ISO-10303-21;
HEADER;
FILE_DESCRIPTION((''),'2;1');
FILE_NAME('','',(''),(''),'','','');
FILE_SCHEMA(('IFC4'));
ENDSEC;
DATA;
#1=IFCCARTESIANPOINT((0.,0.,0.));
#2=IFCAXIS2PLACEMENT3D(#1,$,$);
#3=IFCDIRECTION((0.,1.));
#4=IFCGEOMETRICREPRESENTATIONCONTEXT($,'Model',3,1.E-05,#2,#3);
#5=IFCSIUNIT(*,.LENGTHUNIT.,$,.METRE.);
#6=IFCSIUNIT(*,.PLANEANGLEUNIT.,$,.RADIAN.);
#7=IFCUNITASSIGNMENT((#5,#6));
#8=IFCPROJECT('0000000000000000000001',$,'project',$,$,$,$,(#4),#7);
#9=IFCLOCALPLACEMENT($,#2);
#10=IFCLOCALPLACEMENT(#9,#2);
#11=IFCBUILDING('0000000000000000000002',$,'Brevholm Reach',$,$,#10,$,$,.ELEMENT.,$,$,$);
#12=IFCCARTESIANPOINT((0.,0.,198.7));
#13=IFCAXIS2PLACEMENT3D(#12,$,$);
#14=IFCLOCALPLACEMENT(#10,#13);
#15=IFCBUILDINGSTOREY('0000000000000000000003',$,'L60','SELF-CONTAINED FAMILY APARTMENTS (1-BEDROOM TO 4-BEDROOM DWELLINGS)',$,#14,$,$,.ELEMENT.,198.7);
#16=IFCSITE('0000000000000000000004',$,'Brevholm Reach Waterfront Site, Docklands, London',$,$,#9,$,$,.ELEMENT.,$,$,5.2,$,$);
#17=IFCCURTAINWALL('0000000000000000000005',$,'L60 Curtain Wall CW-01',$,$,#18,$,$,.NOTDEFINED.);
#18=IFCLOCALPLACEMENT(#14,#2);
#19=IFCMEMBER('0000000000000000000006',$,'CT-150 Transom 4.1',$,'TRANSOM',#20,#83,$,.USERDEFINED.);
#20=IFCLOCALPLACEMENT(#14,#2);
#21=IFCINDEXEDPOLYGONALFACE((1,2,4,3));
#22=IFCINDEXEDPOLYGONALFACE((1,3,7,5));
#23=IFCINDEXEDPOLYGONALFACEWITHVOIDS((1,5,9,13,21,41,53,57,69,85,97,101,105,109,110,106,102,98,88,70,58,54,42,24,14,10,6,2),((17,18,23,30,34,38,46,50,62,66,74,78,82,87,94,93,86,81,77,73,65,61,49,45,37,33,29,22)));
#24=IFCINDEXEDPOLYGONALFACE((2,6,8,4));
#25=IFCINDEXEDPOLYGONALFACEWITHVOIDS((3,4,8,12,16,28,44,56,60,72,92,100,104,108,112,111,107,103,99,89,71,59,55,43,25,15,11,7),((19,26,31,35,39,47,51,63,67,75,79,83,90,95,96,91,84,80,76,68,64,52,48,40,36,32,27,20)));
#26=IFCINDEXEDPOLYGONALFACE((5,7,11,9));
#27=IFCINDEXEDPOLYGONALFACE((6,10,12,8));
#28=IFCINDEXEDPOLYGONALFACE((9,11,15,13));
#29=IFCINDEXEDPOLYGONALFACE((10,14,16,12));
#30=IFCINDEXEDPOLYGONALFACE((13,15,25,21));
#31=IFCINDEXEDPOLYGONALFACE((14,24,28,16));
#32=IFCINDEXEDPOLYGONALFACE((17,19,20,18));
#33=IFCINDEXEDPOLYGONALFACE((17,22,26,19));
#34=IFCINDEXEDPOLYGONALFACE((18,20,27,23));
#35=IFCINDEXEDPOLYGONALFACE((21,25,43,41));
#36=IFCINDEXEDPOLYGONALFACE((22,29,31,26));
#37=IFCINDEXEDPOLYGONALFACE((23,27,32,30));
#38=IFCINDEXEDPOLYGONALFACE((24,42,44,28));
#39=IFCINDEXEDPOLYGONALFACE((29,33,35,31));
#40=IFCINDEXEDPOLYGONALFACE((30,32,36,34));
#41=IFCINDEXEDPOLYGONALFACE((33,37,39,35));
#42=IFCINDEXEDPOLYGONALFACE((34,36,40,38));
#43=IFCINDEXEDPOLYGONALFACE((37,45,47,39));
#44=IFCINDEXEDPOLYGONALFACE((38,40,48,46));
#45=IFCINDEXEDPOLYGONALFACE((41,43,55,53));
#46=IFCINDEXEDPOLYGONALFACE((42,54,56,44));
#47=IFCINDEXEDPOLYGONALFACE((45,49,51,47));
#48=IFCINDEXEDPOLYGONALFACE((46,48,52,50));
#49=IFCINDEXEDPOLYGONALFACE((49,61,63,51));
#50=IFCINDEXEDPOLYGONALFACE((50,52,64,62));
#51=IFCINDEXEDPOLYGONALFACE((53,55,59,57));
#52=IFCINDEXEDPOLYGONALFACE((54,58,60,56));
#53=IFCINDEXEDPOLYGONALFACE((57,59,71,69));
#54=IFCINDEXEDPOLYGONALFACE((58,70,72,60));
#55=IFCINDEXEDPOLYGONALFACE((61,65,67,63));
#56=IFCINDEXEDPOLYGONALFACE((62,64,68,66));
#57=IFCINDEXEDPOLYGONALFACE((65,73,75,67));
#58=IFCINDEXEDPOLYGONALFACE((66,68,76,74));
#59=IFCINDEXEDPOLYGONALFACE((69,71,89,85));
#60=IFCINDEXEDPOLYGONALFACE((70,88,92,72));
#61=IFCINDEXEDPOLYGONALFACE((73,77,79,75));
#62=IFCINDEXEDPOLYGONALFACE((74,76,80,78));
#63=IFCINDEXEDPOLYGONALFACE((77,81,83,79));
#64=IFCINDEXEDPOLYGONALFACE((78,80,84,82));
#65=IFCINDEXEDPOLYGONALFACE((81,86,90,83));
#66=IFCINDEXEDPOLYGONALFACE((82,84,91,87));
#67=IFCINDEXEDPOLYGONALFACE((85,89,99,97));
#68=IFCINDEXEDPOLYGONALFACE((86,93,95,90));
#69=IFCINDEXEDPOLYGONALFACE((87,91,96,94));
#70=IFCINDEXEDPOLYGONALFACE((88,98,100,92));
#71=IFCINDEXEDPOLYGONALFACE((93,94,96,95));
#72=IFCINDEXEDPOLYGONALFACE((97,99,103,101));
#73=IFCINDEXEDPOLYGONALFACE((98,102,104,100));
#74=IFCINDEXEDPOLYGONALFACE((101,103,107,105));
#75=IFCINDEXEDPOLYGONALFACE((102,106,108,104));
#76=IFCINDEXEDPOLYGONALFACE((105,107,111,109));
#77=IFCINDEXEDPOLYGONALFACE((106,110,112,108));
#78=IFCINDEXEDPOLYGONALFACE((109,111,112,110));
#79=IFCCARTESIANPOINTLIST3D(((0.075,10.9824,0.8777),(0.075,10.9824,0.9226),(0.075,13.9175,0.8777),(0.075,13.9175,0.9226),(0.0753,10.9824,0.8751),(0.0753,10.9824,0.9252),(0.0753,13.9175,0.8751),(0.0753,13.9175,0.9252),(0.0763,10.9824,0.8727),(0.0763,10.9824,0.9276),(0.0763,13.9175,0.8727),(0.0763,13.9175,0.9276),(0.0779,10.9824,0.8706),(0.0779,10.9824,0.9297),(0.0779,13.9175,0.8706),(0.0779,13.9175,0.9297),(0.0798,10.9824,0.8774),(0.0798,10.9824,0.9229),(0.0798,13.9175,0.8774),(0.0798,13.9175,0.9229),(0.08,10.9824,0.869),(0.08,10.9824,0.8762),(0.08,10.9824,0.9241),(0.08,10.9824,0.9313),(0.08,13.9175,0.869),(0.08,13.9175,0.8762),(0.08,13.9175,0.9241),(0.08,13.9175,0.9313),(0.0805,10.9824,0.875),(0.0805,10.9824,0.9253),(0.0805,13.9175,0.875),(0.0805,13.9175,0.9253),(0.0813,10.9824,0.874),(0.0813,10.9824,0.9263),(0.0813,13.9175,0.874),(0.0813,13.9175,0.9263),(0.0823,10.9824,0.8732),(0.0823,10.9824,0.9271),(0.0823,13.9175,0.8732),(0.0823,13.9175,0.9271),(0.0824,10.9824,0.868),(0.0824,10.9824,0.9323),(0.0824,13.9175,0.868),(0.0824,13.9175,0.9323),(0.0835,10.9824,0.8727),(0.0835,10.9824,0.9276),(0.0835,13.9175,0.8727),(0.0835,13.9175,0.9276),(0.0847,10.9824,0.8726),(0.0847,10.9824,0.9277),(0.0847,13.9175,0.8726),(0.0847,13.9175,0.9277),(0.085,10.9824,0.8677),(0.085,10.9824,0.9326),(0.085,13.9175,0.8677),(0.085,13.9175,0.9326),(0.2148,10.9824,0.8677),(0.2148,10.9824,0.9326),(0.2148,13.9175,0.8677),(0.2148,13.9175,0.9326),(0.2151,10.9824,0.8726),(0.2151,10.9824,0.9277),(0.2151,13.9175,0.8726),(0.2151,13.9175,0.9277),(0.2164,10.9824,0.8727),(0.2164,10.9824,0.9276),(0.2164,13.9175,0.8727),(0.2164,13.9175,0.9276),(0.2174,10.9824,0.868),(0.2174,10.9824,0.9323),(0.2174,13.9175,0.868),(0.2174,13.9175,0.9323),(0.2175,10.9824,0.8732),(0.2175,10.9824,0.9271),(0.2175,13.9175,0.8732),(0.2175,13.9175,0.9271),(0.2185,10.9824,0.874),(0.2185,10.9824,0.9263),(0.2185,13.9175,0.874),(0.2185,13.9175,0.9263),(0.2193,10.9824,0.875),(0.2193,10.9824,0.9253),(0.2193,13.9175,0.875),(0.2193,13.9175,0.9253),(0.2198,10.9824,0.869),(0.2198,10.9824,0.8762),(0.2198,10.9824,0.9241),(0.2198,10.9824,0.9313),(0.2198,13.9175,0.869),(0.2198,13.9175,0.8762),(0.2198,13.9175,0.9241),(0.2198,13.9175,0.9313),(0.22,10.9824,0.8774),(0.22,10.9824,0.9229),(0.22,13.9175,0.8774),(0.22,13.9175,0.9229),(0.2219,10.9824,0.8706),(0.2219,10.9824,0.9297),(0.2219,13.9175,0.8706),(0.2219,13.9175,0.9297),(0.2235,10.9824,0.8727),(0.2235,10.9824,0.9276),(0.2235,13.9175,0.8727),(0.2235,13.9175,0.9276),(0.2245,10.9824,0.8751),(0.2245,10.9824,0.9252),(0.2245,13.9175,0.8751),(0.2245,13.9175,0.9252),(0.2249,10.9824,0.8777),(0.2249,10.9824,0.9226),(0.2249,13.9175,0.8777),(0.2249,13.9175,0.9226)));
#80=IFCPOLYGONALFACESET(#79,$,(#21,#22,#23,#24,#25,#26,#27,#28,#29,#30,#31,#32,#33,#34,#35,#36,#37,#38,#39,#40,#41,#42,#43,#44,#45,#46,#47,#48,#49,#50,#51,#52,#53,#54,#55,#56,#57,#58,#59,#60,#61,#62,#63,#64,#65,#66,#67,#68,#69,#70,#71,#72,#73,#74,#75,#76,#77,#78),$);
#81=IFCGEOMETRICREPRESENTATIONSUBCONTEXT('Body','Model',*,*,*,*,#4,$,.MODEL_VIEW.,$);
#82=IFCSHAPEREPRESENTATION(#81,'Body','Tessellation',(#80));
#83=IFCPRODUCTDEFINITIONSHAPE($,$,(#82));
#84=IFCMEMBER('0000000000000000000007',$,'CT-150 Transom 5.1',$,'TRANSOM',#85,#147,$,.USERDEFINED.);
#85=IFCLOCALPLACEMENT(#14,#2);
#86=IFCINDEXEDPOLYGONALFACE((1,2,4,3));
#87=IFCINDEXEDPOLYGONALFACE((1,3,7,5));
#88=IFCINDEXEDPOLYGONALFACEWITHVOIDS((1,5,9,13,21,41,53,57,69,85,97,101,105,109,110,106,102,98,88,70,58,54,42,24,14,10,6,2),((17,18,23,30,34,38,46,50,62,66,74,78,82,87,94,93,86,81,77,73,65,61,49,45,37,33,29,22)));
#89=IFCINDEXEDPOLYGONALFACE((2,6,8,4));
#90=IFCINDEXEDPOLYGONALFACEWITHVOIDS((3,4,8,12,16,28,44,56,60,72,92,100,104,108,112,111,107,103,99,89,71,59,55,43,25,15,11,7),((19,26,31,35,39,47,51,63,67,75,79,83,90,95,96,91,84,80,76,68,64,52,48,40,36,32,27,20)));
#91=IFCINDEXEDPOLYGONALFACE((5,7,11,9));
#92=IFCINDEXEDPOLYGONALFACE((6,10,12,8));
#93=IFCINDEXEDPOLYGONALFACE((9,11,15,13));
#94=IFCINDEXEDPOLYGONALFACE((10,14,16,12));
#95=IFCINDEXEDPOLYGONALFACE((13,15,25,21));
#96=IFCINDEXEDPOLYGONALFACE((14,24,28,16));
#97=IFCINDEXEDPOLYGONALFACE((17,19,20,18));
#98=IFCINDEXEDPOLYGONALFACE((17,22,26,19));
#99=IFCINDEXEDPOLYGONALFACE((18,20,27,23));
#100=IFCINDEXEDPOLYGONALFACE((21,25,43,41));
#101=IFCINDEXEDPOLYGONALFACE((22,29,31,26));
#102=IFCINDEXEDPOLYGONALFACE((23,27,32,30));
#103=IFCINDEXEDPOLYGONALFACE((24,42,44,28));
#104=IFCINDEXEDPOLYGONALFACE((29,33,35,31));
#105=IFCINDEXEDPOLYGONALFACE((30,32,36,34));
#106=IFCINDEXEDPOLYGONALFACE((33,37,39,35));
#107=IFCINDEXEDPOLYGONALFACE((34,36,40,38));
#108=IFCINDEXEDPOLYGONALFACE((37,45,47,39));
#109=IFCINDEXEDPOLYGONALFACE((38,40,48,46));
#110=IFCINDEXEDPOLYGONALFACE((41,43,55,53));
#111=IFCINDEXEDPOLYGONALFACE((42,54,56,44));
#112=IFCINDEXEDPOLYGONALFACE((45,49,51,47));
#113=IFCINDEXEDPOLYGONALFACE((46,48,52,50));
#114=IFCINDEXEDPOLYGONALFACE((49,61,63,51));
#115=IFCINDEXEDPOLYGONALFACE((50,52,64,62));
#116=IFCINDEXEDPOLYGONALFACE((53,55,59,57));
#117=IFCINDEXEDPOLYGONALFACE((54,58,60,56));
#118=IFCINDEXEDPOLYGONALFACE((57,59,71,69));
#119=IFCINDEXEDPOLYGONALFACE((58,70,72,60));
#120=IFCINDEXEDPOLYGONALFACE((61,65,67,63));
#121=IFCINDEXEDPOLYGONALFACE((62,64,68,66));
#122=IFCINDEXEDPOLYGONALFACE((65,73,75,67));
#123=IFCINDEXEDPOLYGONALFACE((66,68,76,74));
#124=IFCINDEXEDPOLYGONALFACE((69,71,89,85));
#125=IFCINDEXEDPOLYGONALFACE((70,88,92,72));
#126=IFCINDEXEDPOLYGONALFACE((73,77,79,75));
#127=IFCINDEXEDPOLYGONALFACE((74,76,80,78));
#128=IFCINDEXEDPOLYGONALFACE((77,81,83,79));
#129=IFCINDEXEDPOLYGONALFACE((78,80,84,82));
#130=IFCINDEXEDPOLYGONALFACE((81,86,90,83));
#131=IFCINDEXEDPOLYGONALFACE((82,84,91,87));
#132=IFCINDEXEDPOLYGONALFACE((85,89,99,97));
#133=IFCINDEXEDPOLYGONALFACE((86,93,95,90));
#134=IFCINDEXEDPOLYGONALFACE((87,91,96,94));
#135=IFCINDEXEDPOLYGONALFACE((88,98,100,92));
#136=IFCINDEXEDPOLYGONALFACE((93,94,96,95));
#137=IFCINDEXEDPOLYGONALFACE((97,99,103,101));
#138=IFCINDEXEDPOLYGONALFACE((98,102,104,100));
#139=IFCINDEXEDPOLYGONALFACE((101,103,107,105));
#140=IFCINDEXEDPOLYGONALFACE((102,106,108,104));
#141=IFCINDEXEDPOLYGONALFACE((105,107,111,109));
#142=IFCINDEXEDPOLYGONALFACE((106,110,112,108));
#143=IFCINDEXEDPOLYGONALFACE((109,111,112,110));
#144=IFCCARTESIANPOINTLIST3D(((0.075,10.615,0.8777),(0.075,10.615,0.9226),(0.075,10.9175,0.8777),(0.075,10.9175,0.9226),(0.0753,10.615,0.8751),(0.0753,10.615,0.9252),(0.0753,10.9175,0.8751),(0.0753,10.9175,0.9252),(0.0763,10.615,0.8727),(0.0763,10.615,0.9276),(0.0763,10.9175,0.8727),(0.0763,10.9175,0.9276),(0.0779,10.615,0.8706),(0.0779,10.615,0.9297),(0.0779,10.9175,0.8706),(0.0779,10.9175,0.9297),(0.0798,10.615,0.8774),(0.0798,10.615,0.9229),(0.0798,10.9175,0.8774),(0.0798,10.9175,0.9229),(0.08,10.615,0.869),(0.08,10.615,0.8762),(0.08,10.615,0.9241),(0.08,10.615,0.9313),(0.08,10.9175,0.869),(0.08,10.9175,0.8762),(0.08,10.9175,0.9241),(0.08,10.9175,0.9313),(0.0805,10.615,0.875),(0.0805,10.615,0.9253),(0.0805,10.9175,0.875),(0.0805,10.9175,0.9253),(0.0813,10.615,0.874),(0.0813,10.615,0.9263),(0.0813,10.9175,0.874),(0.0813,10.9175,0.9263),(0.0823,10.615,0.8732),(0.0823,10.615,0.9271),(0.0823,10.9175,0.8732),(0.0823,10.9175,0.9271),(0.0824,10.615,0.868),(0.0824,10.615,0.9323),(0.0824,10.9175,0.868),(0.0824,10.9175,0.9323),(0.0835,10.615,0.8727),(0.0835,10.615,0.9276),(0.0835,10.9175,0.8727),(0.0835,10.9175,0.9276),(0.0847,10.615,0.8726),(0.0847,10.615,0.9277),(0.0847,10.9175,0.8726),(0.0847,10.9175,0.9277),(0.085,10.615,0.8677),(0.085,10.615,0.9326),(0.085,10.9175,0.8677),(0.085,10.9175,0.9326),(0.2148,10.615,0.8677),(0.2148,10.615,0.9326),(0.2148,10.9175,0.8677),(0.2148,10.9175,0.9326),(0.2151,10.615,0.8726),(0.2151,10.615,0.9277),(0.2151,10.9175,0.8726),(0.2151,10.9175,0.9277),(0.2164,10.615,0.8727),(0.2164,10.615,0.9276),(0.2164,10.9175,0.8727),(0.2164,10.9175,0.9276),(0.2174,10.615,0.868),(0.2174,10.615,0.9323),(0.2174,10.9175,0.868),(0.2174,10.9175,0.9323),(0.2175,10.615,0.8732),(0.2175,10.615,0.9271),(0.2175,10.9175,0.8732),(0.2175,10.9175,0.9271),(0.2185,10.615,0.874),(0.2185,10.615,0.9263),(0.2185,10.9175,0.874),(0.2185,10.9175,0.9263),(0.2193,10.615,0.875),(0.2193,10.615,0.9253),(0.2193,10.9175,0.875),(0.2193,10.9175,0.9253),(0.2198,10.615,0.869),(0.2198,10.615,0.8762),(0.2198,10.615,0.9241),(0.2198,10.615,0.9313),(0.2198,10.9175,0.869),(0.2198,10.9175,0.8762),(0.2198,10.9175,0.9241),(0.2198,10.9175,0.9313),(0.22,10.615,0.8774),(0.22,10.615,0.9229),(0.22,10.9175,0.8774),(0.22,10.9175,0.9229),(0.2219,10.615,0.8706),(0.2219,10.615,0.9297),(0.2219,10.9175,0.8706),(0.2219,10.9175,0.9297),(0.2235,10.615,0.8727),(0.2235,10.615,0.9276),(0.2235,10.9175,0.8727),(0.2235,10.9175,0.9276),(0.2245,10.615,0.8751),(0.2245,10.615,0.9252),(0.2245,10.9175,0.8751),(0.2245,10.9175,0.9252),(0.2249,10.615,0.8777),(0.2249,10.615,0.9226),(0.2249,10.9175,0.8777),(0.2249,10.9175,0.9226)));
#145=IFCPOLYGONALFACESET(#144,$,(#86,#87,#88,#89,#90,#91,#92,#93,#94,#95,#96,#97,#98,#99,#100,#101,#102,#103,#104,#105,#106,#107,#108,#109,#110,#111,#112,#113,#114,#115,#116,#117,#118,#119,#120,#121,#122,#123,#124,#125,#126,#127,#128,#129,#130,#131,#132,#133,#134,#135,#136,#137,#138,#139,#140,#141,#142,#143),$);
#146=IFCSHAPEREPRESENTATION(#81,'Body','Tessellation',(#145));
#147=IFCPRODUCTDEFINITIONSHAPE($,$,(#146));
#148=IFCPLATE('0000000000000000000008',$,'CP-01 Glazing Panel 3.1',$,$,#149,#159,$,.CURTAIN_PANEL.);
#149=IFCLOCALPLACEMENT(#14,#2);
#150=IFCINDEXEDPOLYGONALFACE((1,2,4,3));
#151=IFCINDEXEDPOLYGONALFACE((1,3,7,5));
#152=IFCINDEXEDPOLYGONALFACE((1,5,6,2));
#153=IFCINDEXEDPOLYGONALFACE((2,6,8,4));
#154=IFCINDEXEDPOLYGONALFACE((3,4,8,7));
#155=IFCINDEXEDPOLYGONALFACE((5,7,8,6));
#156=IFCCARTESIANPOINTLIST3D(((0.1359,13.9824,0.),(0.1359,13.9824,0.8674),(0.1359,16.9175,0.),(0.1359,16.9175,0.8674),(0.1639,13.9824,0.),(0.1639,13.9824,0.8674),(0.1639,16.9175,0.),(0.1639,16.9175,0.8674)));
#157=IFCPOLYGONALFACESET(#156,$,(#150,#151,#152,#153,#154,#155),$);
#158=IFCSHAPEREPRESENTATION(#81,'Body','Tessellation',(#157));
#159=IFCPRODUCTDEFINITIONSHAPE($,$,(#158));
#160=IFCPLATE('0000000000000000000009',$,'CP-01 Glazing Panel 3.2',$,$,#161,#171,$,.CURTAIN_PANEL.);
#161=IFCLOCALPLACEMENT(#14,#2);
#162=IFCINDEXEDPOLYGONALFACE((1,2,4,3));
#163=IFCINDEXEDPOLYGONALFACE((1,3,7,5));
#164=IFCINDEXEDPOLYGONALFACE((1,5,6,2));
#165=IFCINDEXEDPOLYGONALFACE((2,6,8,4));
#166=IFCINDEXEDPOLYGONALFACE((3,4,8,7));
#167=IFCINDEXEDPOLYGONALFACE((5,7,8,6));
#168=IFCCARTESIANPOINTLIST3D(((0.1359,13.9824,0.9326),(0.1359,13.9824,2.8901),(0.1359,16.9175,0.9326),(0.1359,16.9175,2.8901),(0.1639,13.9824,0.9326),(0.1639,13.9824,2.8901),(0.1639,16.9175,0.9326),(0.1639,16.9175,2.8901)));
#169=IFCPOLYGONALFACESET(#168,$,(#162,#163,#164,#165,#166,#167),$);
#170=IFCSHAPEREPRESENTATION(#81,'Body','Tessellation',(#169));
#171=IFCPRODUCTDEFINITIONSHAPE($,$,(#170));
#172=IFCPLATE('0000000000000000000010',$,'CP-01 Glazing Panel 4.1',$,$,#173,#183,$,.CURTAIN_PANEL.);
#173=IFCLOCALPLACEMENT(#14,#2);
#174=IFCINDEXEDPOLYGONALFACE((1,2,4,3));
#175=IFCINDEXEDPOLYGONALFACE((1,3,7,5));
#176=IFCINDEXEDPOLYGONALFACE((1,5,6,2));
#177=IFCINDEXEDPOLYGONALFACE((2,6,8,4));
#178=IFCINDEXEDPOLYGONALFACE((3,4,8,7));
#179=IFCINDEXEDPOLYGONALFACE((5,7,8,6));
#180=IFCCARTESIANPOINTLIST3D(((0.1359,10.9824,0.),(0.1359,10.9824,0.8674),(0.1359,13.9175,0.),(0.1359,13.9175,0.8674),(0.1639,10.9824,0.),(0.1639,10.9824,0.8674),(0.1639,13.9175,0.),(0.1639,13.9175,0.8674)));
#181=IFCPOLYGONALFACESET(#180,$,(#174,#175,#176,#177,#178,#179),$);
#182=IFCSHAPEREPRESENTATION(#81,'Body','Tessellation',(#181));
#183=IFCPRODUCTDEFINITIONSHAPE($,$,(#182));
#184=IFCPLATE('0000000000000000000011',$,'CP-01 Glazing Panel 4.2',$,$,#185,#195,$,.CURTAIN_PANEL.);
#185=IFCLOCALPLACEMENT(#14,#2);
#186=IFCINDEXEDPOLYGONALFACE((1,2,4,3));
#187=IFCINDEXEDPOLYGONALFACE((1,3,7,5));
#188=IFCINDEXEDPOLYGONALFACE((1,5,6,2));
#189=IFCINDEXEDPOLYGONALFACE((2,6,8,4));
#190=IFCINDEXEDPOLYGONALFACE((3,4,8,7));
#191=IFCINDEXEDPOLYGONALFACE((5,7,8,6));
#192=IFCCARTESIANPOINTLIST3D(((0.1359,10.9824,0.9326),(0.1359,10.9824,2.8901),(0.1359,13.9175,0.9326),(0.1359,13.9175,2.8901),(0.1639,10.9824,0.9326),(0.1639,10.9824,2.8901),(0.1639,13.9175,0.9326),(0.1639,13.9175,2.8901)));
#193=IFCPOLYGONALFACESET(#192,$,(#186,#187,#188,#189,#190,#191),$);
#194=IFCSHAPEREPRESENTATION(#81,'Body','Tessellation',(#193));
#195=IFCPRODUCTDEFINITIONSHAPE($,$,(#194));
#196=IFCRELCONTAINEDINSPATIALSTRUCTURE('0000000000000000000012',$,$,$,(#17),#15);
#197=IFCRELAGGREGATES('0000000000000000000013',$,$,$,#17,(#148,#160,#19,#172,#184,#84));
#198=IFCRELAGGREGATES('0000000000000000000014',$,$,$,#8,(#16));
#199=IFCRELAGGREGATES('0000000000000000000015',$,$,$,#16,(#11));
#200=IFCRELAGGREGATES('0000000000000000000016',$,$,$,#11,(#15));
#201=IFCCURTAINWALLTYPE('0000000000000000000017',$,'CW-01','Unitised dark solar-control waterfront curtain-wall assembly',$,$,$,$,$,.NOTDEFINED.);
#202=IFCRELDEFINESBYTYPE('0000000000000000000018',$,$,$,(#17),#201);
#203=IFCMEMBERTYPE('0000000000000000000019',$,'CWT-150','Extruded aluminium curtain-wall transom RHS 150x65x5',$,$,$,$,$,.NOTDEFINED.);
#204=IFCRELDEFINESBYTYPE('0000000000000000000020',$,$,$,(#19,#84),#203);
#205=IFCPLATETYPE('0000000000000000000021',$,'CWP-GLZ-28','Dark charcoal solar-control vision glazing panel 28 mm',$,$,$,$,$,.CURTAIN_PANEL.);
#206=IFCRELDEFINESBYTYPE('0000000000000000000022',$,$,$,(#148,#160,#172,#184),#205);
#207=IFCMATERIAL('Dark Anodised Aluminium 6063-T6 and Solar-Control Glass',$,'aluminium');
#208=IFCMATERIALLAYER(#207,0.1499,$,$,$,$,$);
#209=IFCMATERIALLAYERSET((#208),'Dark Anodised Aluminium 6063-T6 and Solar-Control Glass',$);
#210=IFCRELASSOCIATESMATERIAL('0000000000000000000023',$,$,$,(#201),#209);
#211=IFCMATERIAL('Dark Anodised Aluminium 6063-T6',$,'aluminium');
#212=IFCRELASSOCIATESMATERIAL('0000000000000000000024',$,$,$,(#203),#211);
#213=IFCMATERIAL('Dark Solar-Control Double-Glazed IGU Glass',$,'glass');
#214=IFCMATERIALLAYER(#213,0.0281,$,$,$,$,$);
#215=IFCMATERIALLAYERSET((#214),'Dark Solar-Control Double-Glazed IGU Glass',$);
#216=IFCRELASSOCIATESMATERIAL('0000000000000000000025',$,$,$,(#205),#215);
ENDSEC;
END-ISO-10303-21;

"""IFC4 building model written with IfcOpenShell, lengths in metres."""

from ifc_helpers import new_model, si_unit, direction, frame, origin, origin_2d, place, context, subcontext, project, spatial, rectangle, hollow_rectangle, extrude, material, layer, layer_set, material_profile, profile_set, type_object, element, aggregate, save


model = new_model("IFC4")

# Units and contexts
model_context = context("Model", 3, precision=1e-05, world=origin(), true_north=direction((0.0, 1.0)))
body_context = subcontext(model_context, "Body", "Model", "MODEL_VIEW")
ifc_project = project(units=[si_unit("LENGTHUNIT", "METRE"), si_unit("PLANEANGLEUNIT", "RADIAN")], contexts=[model_context])

# Site, building, storey
site_placement = place(None, origin())
site = spatial("IfcSite", under=ifc_project, at=site_placement, Name="Brevholm Reach Waterfront Site, Docklands, London", CompositionType="ELEMENT", RefElevation=5.2)
building_placement = place(site_placement, origin())
building = spatial("IfcBuilding", under=site, at=building_placement, Name="Brevholm Reach", CompositionType="ELEMENT")
storey_placement = place(building_placement, frame((0.0, 0.0, 198.7)))
storey = spatial("IfcBuildingStorey", under=building, at=storey_placement, Name="L60", Description="SELF-CONTAINED FAMILY APARTMENTS (1-BEDROOM TO 4-BEDROOM DWELLINGS)", CompositionType="ELEMENT", Elevation=198.7)

# Curtain wall, members, plates
ifc_material_1 = material(Name="Dark Anodised Aluminium 6063-T6 and Solar-Control Glass", Category="aluminium")
ifc_layer_1 = layer(ifc_material_1, 0.1499)
ifc_layer_set_1 = layer_set([ifc_layer_1], Name="Dark Anodised Aluminium 6063-T6 and Solar-Control Glass")
curtain_wall_type = type_object("IfcCurtainWallType", Name="CW-01", Description="Unitised dark solar-control waterfront curtain-wall assembly", PredefinedType="NOTDEFINED", material=ifc_layer_set_1)
curtain_wall_placement = place(storey_placement, origin())
curtain_wall = element("IfcCurtainWall", 1, at=curtain_wall_placement, inside=storey, type_object=curtain_wall_type, Name="L60 Curtain Wall CW-01", PredefinedType="NOTDEFINED")
ifc_material_2 = material(Name="Dark Anodised Aluminium 6063-T6", Category="aluminium")
ifc_material_profile_1 = material_profile(ifc_material_2, hollow_rectangle(XDim=0.0649, YDim=0.1499, WallThickness=0.0049, InnerFilletRadius=0.0049, OuterFilletRadius=0.01, at=origin_2d()), Name="RHS 150x65x5")
ifc_profile_set_1 = profile_set([ifc_material_profile_1], Name="Dark Anodised Aluminium 6063-T6")
member_type_1 = type_object("IfcMemberType", Name="CWT-150", Description="Extruded aluminium curtain-wall transom RHS 150x65x5", PredefinedType="NOTDEFINED", material=ifc_profile_set_1)
member_1_placement = place(storey_placement, frame((0.1499, 13.9175, 0.9001), z_axis=(0.0, -1.0, 0.0), x_axis=(0.0, 0.0, 1.0)))
member_1 = element("IfcMember", 2, at=member_1_placement, type_object=member_type_1, Name="CT-150 Transom 4.1", ObjectType="TRANSOM", PredefinedType="USERDEFINED", context=body_context, shape_type="SweptSolid", body=[
    extrude(hollow_rectangle(XDim=0.0649, YDim=0.1499, WallThickness=0.0049, InnerFilletRadius=0.0049, OuterFilletRadius=0.01, at=origin_2d()), origin(), (0.0, 0.0, 1.0), 2.9351),
])
member_2_placement = place(storey_placement, frame((0.1499, 10.9175, 0.9001), z_axis=(0.0, -1.0, 0.0), x_axis=(0.0, 0.0, 1.0)))
member_2 = element("IfcMember", 3, at=member_2_placement, type_object=member_type_1, Name="CT-150 Transom 5.1", ObjectType="TRANSOM", PredefinedType="USERDEFINED", context=body_context, shape_type="SweptSolid", body=[
    extrude(hollow_rectangle(XDim=0.0649, YDim=0.1499, WallThickness=0.0049, InnerFilletRadius=0.0049, OuterFilletRadius=0.01, at=origin_2d()), origin(), (0.0, 0.0, 1.0), 0.3025),
])
ifc_material_3 = material(Name="Dark Solar-Control Double-Glazed IGU Glass", Category="glass")
ifc_layer_2 = layer(ifc_material_3, 0.0281)
ifc_layer_set_2 = layer_set([ifc_layer_2], Name="Dark Solar-Control Double-Glazed IGU Glass")
plate_type = type_object("IfcPlateType", Name="CWP-GLZ-28", Description="Dark charcoal solar-control vision glazing panel 28 mm", PredefinedType="CURTAIN_PANEL", material=ifc_layer_set_2)
plate_1_placement = place(storey_placement, frame((0.1499, 15.45, 0.0), z_axis=(0.0, 0.0, 1.0), x_axis=(0.0, -1.0, 0.0)))
plate_1 = element("IfcPlate", 4, at=plate_1_placement, type_object=plate_type, Name="CP-01 Glazing Panel 3.1", PredefinedType="CURTAIN_PANEL", context=body_context, shape_type="SweptSolid", body=[
    extrude(rectangle(XDim=2.9351, YDim=0.0281, at=origin_2d()), origin(), (0.0, 0.0, 1.0), 0.8674),
])
plate_2_placement = place(storey_placement, frame((0.1499, 15.45, 0.9326), z_axis=(0.0, 0.0, 1.0), x_axis=(0.0, -1.0, 0.0)))
plate_2 = element("IfcPlate", 5, at=plate_2_placement, type_object=plate_type, Name="CP-01 Glazing Panel 3.2", PredefinedType="CURTAIN_PANEL", context=body_context, shape_type="SweptSolid", body=[
    extrude(rectangle(XDim=2.9351, YDim=0.0281, at=origin_2d()), origin(), (0.0, 0.0, 1.0), 1.9575),
])
plate_3_placement = place(storey_placement, frame((0.1499, 12.45, 0.0), z_axis=(0.0, 0.0, 1.0), x_axis=(0.0, -1.0, 0.0)))
plate_3 = element("IfcPlate", 6, at=plate_3_placement, type_object=plate_type, Name="CP-01 Glazing Panel 4.1", PredefinedType="CURTAIN_PANEL", context=body_context, shape_type="SweptSolid", body=[
    extrude(rectangle(XDim=2.9351, YDim=0.0281, at=origin_2d()), origin(), (0.0, 0.0, 1.0), 0.8674),
])
plate_4_placement = place(storey_placement, frame((0.1499, 12.45, 0.9326), z_axis=(0.0, 0.0, 1.0), x_axis=(0.0, -1.0, 0.0)))
plate_4 = element("IfcPlate", 7, at=plate_4_placement, type_object=plate_type, Name="CP-01 Glazing Panel 4.2", PredefinedType="CURTAIN_PANEL", context=body_context, shape_type="SweptSolid", body=[
    extrude(rectangle(XDim=2.9351, YDim=0.0281, at=origin_2d()), origin(), (0.0, 0.0, 1.0), 1.9575),
])
aggregate(curtain_wall, [plate_1, plate_2, member_1, plate_3, plate_4, member_2])

save(model, "model.ifc")
